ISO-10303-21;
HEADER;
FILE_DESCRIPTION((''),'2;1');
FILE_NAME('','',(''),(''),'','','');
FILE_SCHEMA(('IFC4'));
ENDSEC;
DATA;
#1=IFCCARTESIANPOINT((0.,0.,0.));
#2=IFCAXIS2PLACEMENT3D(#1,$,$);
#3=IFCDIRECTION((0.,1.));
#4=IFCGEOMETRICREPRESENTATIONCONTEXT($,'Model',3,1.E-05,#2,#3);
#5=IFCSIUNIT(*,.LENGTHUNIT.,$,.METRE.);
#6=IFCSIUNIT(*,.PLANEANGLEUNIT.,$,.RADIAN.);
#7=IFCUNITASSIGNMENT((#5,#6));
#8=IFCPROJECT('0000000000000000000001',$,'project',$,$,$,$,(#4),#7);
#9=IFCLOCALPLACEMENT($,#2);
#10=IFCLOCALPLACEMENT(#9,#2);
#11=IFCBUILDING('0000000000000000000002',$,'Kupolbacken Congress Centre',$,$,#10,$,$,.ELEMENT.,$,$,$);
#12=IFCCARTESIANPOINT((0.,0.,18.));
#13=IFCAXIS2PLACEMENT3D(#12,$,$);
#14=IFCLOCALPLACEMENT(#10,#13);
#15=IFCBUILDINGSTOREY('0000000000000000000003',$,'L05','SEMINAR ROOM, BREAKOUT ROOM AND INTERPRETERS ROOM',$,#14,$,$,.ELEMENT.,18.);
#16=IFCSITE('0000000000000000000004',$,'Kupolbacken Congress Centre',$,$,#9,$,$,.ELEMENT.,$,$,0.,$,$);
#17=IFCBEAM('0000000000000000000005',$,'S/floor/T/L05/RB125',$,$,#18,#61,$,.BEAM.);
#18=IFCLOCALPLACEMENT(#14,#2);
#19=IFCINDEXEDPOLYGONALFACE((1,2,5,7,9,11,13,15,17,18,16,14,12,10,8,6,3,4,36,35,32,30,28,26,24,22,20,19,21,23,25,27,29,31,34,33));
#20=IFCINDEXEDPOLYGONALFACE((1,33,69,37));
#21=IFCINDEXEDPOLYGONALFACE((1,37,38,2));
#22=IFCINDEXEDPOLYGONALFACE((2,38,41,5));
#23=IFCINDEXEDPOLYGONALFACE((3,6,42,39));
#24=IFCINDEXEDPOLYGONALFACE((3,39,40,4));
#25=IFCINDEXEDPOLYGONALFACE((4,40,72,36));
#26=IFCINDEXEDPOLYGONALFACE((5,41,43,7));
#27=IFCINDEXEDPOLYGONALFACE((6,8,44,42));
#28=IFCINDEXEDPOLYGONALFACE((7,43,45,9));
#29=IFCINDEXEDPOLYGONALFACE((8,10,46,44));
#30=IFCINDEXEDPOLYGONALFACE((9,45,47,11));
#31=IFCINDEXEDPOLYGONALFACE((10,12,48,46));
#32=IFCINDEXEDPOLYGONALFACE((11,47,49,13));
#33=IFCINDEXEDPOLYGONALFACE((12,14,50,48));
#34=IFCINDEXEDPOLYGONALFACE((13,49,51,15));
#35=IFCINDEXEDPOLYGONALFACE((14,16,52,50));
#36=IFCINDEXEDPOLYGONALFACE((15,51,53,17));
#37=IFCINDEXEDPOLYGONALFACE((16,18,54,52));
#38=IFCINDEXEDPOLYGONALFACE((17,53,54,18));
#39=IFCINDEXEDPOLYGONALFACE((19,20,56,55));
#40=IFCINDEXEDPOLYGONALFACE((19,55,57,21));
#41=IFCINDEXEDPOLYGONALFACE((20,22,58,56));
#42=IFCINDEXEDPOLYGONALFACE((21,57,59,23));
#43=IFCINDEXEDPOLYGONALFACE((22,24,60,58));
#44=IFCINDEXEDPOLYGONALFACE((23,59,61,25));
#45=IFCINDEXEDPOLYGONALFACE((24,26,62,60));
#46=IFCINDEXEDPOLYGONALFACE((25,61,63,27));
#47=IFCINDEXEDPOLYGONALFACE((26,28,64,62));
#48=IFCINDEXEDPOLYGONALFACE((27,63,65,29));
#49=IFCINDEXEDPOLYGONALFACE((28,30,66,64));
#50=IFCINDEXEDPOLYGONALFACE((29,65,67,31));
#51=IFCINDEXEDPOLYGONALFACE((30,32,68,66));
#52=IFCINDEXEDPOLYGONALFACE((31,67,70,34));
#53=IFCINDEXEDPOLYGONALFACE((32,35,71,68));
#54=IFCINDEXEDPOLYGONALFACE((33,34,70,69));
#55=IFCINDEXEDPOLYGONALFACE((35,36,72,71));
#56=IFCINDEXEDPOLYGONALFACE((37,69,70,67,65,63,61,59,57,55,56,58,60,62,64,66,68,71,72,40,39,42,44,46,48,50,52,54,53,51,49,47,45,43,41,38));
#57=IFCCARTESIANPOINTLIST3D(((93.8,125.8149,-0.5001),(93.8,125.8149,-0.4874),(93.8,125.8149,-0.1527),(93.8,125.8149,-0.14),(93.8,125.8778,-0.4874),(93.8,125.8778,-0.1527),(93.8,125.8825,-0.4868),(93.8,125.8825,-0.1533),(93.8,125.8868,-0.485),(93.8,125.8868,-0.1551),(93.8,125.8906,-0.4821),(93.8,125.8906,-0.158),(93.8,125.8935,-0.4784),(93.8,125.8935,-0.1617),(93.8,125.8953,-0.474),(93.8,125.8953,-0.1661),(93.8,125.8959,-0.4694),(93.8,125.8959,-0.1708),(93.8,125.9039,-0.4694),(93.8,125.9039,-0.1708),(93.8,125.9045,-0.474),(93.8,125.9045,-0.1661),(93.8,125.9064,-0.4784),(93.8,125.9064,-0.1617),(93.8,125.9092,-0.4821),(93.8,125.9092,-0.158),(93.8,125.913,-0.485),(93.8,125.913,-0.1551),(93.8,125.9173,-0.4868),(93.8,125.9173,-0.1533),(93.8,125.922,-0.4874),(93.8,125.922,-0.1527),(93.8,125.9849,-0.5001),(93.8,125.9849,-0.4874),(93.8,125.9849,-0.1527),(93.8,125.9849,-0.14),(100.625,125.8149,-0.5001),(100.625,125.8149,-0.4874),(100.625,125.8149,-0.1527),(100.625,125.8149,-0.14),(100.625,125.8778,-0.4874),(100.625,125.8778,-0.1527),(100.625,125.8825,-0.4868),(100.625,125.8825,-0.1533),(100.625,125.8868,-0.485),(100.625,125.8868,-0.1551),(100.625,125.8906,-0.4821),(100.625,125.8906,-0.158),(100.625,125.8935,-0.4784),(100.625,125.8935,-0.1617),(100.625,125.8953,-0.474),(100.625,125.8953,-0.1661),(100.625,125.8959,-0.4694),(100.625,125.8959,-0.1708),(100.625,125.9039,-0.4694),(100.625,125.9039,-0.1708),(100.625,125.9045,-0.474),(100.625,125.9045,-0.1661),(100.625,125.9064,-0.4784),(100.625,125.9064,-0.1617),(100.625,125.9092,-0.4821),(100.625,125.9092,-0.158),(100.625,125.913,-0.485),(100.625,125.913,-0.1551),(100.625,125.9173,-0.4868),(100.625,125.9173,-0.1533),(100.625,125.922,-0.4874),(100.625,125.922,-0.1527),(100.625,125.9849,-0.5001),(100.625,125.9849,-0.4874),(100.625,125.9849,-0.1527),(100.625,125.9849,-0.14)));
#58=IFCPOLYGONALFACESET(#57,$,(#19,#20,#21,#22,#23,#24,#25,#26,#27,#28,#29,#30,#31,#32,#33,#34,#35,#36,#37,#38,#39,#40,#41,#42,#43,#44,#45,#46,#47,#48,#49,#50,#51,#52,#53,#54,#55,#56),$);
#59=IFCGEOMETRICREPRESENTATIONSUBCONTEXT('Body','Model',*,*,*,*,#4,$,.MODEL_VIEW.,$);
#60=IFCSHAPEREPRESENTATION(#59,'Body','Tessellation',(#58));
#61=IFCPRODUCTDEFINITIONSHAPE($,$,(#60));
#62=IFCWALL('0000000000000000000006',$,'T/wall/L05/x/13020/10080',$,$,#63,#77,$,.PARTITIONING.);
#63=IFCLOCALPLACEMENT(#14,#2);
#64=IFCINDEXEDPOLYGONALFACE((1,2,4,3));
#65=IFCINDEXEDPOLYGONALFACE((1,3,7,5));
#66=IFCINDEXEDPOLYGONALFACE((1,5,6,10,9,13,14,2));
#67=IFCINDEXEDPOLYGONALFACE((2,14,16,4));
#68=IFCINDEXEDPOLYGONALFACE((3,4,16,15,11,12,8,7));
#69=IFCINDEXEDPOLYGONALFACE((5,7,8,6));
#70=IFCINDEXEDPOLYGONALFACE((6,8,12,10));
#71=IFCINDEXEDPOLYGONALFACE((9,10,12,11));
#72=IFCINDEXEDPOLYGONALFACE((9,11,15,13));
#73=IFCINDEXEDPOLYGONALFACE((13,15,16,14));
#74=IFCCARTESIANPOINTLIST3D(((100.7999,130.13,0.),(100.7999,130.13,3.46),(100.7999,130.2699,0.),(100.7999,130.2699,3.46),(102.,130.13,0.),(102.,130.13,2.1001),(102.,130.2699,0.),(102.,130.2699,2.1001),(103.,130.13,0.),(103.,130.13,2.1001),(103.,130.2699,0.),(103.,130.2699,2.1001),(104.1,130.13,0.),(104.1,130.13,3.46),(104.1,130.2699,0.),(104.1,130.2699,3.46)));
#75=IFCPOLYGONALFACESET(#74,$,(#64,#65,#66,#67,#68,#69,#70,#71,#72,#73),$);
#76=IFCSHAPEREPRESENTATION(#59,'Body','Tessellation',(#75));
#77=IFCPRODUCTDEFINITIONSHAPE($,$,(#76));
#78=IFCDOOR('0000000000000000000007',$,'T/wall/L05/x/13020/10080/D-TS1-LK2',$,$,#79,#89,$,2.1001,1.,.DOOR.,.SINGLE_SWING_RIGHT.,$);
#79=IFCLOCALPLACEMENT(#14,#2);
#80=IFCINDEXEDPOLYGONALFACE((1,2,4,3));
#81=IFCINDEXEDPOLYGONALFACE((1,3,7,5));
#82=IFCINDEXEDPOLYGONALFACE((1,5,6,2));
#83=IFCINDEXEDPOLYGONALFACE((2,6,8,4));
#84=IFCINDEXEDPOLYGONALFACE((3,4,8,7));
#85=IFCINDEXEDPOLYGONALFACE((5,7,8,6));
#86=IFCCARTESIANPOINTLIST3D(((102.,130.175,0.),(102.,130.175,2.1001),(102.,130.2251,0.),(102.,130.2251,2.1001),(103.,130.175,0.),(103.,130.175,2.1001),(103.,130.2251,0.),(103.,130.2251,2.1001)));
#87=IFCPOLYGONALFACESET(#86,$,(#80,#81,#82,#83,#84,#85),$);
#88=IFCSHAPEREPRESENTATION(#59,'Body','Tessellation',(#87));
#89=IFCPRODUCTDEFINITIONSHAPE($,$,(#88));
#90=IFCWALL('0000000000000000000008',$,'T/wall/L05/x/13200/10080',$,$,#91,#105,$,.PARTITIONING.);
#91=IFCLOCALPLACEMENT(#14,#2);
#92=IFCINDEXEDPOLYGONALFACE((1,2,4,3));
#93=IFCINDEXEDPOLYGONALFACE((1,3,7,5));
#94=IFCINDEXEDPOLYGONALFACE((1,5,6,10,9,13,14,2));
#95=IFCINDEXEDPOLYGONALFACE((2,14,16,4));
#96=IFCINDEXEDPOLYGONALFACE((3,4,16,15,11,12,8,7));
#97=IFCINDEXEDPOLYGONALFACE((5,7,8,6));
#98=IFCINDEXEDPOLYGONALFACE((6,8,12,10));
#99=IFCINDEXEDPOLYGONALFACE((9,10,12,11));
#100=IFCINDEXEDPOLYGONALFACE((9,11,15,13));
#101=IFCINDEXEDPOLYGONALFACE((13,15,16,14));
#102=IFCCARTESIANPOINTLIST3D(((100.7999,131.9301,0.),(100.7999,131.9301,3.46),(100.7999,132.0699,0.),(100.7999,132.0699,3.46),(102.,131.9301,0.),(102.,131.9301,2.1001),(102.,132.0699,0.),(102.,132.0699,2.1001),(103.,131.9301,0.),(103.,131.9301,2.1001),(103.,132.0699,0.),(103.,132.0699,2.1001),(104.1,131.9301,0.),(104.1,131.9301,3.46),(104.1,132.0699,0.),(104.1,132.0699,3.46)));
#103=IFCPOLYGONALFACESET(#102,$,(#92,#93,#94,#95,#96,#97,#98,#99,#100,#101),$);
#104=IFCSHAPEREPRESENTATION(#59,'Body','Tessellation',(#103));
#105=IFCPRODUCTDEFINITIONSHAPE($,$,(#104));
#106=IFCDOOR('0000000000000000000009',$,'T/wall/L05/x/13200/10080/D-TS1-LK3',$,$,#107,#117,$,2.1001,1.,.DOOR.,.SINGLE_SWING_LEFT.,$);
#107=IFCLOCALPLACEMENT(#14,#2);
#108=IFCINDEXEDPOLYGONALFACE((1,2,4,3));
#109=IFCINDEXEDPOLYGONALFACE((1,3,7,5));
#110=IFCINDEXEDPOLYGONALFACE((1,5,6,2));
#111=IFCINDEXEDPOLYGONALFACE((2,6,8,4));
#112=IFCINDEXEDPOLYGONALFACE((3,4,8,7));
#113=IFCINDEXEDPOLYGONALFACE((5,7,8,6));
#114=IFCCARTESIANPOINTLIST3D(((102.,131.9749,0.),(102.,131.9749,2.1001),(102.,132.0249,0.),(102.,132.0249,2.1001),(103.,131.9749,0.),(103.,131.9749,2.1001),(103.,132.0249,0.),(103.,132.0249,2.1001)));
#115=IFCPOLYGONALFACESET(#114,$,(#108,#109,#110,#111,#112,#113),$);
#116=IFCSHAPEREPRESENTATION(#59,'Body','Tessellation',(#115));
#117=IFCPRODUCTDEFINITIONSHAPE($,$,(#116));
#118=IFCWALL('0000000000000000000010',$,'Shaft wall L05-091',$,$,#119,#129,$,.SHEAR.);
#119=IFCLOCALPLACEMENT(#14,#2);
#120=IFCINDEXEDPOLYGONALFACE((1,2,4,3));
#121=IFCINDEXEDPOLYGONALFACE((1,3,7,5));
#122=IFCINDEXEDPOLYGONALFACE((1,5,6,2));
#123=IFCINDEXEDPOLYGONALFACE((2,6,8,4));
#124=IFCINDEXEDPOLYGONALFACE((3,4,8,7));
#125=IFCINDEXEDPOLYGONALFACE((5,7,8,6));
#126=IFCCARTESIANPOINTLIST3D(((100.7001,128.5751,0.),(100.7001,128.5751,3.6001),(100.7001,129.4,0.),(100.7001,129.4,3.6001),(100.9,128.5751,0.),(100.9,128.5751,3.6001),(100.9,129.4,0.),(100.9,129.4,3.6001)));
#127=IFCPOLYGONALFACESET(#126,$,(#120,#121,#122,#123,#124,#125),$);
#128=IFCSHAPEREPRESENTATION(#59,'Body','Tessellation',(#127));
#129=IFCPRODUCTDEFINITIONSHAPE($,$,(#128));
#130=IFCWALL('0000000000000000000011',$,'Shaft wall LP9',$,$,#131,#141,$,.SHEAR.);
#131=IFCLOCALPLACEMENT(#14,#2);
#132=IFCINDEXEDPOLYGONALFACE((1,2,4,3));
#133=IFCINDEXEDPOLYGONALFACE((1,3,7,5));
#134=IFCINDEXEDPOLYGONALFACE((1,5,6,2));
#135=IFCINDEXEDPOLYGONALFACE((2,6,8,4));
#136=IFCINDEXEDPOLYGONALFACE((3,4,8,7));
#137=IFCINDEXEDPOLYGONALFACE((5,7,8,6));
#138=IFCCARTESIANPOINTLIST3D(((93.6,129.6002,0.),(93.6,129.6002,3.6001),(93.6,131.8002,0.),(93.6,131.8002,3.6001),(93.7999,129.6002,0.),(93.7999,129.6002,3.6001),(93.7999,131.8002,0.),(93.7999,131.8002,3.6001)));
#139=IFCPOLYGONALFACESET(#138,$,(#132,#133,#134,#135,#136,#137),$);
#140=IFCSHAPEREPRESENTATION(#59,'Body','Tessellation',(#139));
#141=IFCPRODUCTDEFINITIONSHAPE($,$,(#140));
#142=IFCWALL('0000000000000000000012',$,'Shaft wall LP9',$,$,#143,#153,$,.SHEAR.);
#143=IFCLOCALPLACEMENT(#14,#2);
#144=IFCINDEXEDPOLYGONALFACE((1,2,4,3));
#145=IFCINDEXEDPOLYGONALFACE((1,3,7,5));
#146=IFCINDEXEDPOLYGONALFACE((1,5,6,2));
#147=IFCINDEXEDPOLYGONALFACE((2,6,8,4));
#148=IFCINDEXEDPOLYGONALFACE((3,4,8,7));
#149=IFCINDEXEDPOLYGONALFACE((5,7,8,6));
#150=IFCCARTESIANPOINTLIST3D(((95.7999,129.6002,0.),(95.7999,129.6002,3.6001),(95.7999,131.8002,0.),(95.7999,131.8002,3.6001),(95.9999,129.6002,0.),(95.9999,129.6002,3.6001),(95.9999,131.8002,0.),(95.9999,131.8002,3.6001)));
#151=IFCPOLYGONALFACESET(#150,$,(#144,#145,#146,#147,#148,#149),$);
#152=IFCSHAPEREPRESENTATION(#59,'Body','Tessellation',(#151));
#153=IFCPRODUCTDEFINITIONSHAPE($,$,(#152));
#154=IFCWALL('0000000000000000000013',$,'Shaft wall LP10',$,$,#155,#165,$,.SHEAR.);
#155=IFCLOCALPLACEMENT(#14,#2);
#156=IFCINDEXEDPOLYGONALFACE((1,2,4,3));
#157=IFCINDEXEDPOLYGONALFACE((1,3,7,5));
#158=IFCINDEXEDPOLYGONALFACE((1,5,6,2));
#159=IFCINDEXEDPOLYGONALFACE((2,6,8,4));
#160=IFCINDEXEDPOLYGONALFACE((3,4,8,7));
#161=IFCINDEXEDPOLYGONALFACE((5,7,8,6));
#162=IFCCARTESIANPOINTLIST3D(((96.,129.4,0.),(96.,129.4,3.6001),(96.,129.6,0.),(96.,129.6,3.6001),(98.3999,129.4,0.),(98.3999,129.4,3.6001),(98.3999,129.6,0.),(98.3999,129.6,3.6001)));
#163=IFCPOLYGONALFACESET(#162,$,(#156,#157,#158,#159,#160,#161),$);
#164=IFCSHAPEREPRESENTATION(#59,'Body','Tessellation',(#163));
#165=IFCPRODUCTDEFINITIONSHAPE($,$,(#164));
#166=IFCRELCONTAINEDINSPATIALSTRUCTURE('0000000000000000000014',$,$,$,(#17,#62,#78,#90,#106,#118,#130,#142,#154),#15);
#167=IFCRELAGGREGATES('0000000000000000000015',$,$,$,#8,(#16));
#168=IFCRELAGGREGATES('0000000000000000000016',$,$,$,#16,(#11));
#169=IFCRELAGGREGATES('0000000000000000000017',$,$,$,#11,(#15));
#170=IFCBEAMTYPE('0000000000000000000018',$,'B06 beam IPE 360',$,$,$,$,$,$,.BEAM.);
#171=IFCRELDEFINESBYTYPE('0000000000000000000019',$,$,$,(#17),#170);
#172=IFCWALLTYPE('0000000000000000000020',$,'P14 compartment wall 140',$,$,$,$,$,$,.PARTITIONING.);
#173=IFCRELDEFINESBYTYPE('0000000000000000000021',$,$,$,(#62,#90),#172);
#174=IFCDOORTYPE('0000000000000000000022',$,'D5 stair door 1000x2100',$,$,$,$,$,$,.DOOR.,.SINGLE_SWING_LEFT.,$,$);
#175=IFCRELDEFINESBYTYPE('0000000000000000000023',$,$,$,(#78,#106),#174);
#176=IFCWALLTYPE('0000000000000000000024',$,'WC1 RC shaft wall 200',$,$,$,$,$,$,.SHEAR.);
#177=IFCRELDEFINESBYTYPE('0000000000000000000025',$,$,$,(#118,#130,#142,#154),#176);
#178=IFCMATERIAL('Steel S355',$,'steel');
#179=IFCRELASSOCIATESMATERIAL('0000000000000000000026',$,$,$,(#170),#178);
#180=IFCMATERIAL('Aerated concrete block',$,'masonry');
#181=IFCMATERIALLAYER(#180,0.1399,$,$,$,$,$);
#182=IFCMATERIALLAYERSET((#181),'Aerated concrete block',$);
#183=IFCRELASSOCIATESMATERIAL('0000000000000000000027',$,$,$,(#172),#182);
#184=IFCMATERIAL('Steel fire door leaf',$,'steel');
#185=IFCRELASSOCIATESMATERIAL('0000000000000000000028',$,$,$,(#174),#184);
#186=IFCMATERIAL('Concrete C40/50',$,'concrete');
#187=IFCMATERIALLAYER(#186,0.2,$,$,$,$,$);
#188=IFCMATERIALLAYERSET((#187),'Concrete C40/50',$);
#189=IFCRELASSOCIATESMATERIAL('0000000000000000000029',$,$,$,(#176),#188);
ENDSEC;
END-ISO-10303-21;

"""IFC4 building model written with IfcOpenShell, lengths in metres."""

from ifc_helpers import new_model, si_unit, direction, frame, frame_2d, origin, origin_2d, place, context, subcontext, project, spatial, rectangle, i_section, extrude, material, layer, layer_set, material_profile, profile_set, type_object, element, fill, save


model = new_model("IFC4")

# Units and contexts
model_context = context("Model", 3, precision=1e-05, world=origin(), true_north=direction((0.0, 1.0)))
body_context = subcontext(model_context, "Body", "Model", "MODEL_VIEW")
ifc_project = project(units=[si_unit("LENGTHUNIT", "METRE"), si_unit("PLANEANGLEUNIT", "RADIAN")], contexts=[model_context])

# Site, building, storey
site_placement = place(None, origin())
site = spatial("IfcSite", under=ifc_project, at=site_placement, Name="Kupolbacken Congress Centre", CompositionType="ELEMENT", RefElevation=0.0)
building_placement = place(site_placement, origin())
building = spatial("IfcBuilding", under=site, at=building_placement, Name="Kupolbacken Congress Centre", CompositionType="ELEMENT")
storey_placement = place(building_placement, frame((0.0, 0.0, 18.0)))
storey = spatial("IfcBuildingStorey", under=building, at=storey_placement, Name="L05", Description="SEMINAR ROOM, BREAKOUT ROOM AND INTERPRETERS ROOM", CompositionType="ELEMENT", Elevation=18.0)

# Beam
ifc_material_1 = material(Name="Steel S355", Category="steel")
ifc_material_profile = material_profile(ifc_material_1, i_section(OverallWidth=0.1699, OverallDepth=0.3601, WebThickness=0.0081, FlangeThickness=0.0127, FilletRadius=0.0181, at=origin_2d()), Name="IPE 360")
ifc_profile_set = profile_set([ifc_material_profile], Name="Steel S355")
beam_type = type_object("IfcBeamType", Name="B06 beam IPE 360", PredefinedType="BEAM", material=ifc_profile_set)
beam_placement = place(storey_placement, frame((93.8, 125.8999, -0.3201), z_axis=(1.0, 0.0, 0.0), x_axis=(0.0, 1.0, 0.0)))
element("IfcBeam", 1, at=beam_placement, inside=storey, type_object=beam_type, Name="S/floor/T/L05/RB125", PredefinedType="BEAM", context=body_context, shape_type="SweptSolid", body=[
    extrude(i_section(OverallWidth=0.1699, OverallDepth=0.3601, WebThickness=0.0081, FlangeThickness=0.0127, FilletRadius=0.0181, at=origin_2d()), origin(), (0.0, 0.0, 1.0), 6.825),
])

# Walls, openings, doors
ifc_material_2 = material(Name="Aerated concrete block", Category="masonry")
ifc_layer_1 = layer(ifc_material_2, 0.1399)
ifc_layer_set_1 = layer_set([ifc_layer_1], Name="Aerated concrete block")
wall_type_1 = type_object("IfcWallType", Name="P14 compartment wall 140", PredefinedType="PARTITIONING", material=ifc_layer_set_1)
wall_1_placement = place(storey_placement, frame((100.8, 130.2, 0.0), z_axis=(0.0, 0.0, 1.0), x_axis=(1.0, 0.0, 0.0)))
wall_1 = element("IfcWall", 2, at=wall_1_placement, inside=storey, type_object=wall_type_1, Name="T/wall/L05/x/13020/10080", PredefinedType="PARTITIONING", context=body_context, shape_type="SweptSolid", body=[
    extrude(rectangle(XDim=3.3, YDim=0.1399, at=frame_2d((1.6499, 0.0))), origin(), (0.0, 0.0, 1.0), 3.46),
])
opening_1_placement = place(wall_1_placement, frame((1.2, 0.0, 0.0)))
opening_1 = element("IfcOpeningElement", 3, at=opening_1_placement, cuts=wall_1, PredefinedType="OPENING", context=body_context, shape_type="SweptSolid", body=[
    extrude(rectangle(XDim=1.0, YDim=2.1001, at=frame_2d((0.5, 1.05))), frame((0.0, 0.0798, 0.0), z_axis=(0.0, -1.0, 0.0), x_axis=(1.0, 0.0, 0.0)), (0.0, 0.0, 1.0), 0.1599),
])
ifc_material_3 = material(Name="Steel fire door leaf", Category="steel")
door_type_1 = type_object("IfcDoorType", Name="D5 stair door 1000x2100", OperationType="SINGLE_SWING_LEFT", PredefinedType="DOOR", material=ifc_material_3)
door_1_placement = place(opening_1_placement, frame((1.0, 0.0, 0.0), z_axis=(0.0, 0.0, 1.0), x_axis=(-1.0, 0.0, 0.0)))
door_1 = element("IfcDoor", 4, at=door_1_placement, inside=storey, type_object=door_type_1, Name="T/wall/L05/x/13020/10080/D-TS1-LK2", OperationType="SINGLE_SWING_RIGHT", OverallHeight=2.1001, OverallWidth=1.0, PredefinedType="DOOR", context=body_context, shape_type="SweptSolid", body=[
    extrude(rectangle(XDim=1.0, YDim=2.1001, at=frame_2d((0.5, 1.05))), frame((0.0, 0.0249, 0.0), z_axis=(0.0, -1.0, 0.0), x_axis=(1.0, 0.0, 0.0)), (0.0, 0.0, 1.0), 0.05),
])
fill(opening_1, door_1)
wall_2_placement = place(storey_placement, frame((100.8, 132.0, 0.0), z_axis=(0.0, 0.0, 1.0), x_axis=(1.0, 0.0, 0.0)))
wall_2 = element("IfcWall", 5, at=wall_2_placement, inside=storey, type_object=wall_type_1, Name="T/wall/L05/x/13200/10080", PredefinedType="PARTITIONING", context=body_context, shape_type="SweptSolid", body=[
    extrude(rectangle(XDim=3.3, YDim=0.1399, at=frame_2d((1.6499, 0.0))), origin(), (0.0, 0.0, 1.0), 3.46),
])
opening_2_placement = place(wall_2_placement, frame((1.2, 0.0, 0.0)))
opening_2 = element("IfcOpeningElement", 6, at=opening_2_placement, cuts=wall_2, PredefinedType="OPENING", context=body_context, shape_type="SweptSolid", body=[
    extrude(rectangle(XDim=1.0, YDim=2.1001, at=frame_2d((0.5, 1.05))), frame((0.0, 0.0798, 0.0), z_axis=(0.0, -1.0, 0.0), x_axis=(1.0, 0.0, 0.0)), (0.0, 0.0, 1.0), 0.1599),
])
door_2_placement = place(opening_2_placement, origin())
door_2 = element("IfcDoor", 7, at=door_2_placement, inside=storey, type_object=door_type_1, Name="T/wall/L05/x/13200/10080/D-TS1-LK3", OperationType="SINGLE_SWING_LEFT", OverallHeight=2.1001, OverallWidth=1.0, PredefinedType="DOOR", context=body_context, shape_type="SweptSolid", body=[
    extrude(rectangle(XDim=1.0, YDim=2.1001, at=frame_2d((0.5, 1.05))), frame((0.0, 0.0249, 0.0), z_axis=(0.0, -1.0, 0.0), x_axis=(1.0, 0.0, 0.0)), (0.0, 0.0, 1.0), 0.05),
])
fill(opening_2, door_2)

# Walls
ifc_material_4 = material(Name="Concrete C40/50", Category="concrete")
ifc_layer_2 = layer(ifc_material_4, 0.2)
ifc_layer_set_2 = layer_set([ifc_layer_2], Name="Concrete C40/50")
wall_type_2 = type_object("IfcWallType", Name="WC1 RC shaft wall 200", PredefinedType="SHEAR", material=ifc_layer_set_2)
wall_3_placement = place(storey_placement, frame((100.8, 128.575, 0.0), z_axis=(0.0, 0.0, 1.0), x_axis=(0.0, 1.0, 0.0)))
element("IfcWall", 8, at=wall_3_placement, inside=storey, type_object=wall_type_2, Name="Shaft wall L05-091", PredefinedType="SHEAR", context=body_context, shape_type="SweptSolid", body=[
    extrude(rectangle(XDim=0.825, YDim=0.2, at=frame_2d((0.4126, 0.0))), origin(), (0.0, 0.0, 1.0), 3.6001),
])
for number, where, z_axis, x_axis, name in (
    (9, (93.7, 129.6001, 0.0), (0.0, 0.0, 1.0), (0.0, 1.0, 0.0), "Shaft wall LP9"),
    (10, (95.8999, 129.6001, 0.0), (0.0, 0.0, 1.0), (0.0, 1.0, 0.0), "Shaft wall LP9"),
):
    element("IfcWall", number, at=place(storey_placement, frame(where, z_axis=z_axis, x_axis=x_axis)), inside=storey, type_object=wall_type_2, Name=name, PredefinedType="SHEAR", context=body_context, shape_type="SweptSolid", body=[
        extrude(rectangle(XDim=2.2, YDim=0.2, at=frame_2d((1.1001, 0.0))), origin(), (0.0, 0.0, 1.0), 3.6001),
    ])
wall_4_placement = place(storey_placement, frame((96.0, 129.5, 0.0), z_axis=(0.0, 0.0, 1.0), x_axis=(1.0, 0.0, 0.0)))
element("IfcWall", 11, at=wall_4_placement, inside=storey, type_object=wall_type_2, Name="Shaft wall LP10", PredefinedType="SHEAR", context=body_context, shape_type="SweptSolid", body=[
    extrude(rectangle(XDim=2.3999, YDim=0.2, at=frame_2d((1.2, 0.0))), origin(), (0.0, 0.0, 1.0), 3.6001),
])

save(model, "model.ifc")
